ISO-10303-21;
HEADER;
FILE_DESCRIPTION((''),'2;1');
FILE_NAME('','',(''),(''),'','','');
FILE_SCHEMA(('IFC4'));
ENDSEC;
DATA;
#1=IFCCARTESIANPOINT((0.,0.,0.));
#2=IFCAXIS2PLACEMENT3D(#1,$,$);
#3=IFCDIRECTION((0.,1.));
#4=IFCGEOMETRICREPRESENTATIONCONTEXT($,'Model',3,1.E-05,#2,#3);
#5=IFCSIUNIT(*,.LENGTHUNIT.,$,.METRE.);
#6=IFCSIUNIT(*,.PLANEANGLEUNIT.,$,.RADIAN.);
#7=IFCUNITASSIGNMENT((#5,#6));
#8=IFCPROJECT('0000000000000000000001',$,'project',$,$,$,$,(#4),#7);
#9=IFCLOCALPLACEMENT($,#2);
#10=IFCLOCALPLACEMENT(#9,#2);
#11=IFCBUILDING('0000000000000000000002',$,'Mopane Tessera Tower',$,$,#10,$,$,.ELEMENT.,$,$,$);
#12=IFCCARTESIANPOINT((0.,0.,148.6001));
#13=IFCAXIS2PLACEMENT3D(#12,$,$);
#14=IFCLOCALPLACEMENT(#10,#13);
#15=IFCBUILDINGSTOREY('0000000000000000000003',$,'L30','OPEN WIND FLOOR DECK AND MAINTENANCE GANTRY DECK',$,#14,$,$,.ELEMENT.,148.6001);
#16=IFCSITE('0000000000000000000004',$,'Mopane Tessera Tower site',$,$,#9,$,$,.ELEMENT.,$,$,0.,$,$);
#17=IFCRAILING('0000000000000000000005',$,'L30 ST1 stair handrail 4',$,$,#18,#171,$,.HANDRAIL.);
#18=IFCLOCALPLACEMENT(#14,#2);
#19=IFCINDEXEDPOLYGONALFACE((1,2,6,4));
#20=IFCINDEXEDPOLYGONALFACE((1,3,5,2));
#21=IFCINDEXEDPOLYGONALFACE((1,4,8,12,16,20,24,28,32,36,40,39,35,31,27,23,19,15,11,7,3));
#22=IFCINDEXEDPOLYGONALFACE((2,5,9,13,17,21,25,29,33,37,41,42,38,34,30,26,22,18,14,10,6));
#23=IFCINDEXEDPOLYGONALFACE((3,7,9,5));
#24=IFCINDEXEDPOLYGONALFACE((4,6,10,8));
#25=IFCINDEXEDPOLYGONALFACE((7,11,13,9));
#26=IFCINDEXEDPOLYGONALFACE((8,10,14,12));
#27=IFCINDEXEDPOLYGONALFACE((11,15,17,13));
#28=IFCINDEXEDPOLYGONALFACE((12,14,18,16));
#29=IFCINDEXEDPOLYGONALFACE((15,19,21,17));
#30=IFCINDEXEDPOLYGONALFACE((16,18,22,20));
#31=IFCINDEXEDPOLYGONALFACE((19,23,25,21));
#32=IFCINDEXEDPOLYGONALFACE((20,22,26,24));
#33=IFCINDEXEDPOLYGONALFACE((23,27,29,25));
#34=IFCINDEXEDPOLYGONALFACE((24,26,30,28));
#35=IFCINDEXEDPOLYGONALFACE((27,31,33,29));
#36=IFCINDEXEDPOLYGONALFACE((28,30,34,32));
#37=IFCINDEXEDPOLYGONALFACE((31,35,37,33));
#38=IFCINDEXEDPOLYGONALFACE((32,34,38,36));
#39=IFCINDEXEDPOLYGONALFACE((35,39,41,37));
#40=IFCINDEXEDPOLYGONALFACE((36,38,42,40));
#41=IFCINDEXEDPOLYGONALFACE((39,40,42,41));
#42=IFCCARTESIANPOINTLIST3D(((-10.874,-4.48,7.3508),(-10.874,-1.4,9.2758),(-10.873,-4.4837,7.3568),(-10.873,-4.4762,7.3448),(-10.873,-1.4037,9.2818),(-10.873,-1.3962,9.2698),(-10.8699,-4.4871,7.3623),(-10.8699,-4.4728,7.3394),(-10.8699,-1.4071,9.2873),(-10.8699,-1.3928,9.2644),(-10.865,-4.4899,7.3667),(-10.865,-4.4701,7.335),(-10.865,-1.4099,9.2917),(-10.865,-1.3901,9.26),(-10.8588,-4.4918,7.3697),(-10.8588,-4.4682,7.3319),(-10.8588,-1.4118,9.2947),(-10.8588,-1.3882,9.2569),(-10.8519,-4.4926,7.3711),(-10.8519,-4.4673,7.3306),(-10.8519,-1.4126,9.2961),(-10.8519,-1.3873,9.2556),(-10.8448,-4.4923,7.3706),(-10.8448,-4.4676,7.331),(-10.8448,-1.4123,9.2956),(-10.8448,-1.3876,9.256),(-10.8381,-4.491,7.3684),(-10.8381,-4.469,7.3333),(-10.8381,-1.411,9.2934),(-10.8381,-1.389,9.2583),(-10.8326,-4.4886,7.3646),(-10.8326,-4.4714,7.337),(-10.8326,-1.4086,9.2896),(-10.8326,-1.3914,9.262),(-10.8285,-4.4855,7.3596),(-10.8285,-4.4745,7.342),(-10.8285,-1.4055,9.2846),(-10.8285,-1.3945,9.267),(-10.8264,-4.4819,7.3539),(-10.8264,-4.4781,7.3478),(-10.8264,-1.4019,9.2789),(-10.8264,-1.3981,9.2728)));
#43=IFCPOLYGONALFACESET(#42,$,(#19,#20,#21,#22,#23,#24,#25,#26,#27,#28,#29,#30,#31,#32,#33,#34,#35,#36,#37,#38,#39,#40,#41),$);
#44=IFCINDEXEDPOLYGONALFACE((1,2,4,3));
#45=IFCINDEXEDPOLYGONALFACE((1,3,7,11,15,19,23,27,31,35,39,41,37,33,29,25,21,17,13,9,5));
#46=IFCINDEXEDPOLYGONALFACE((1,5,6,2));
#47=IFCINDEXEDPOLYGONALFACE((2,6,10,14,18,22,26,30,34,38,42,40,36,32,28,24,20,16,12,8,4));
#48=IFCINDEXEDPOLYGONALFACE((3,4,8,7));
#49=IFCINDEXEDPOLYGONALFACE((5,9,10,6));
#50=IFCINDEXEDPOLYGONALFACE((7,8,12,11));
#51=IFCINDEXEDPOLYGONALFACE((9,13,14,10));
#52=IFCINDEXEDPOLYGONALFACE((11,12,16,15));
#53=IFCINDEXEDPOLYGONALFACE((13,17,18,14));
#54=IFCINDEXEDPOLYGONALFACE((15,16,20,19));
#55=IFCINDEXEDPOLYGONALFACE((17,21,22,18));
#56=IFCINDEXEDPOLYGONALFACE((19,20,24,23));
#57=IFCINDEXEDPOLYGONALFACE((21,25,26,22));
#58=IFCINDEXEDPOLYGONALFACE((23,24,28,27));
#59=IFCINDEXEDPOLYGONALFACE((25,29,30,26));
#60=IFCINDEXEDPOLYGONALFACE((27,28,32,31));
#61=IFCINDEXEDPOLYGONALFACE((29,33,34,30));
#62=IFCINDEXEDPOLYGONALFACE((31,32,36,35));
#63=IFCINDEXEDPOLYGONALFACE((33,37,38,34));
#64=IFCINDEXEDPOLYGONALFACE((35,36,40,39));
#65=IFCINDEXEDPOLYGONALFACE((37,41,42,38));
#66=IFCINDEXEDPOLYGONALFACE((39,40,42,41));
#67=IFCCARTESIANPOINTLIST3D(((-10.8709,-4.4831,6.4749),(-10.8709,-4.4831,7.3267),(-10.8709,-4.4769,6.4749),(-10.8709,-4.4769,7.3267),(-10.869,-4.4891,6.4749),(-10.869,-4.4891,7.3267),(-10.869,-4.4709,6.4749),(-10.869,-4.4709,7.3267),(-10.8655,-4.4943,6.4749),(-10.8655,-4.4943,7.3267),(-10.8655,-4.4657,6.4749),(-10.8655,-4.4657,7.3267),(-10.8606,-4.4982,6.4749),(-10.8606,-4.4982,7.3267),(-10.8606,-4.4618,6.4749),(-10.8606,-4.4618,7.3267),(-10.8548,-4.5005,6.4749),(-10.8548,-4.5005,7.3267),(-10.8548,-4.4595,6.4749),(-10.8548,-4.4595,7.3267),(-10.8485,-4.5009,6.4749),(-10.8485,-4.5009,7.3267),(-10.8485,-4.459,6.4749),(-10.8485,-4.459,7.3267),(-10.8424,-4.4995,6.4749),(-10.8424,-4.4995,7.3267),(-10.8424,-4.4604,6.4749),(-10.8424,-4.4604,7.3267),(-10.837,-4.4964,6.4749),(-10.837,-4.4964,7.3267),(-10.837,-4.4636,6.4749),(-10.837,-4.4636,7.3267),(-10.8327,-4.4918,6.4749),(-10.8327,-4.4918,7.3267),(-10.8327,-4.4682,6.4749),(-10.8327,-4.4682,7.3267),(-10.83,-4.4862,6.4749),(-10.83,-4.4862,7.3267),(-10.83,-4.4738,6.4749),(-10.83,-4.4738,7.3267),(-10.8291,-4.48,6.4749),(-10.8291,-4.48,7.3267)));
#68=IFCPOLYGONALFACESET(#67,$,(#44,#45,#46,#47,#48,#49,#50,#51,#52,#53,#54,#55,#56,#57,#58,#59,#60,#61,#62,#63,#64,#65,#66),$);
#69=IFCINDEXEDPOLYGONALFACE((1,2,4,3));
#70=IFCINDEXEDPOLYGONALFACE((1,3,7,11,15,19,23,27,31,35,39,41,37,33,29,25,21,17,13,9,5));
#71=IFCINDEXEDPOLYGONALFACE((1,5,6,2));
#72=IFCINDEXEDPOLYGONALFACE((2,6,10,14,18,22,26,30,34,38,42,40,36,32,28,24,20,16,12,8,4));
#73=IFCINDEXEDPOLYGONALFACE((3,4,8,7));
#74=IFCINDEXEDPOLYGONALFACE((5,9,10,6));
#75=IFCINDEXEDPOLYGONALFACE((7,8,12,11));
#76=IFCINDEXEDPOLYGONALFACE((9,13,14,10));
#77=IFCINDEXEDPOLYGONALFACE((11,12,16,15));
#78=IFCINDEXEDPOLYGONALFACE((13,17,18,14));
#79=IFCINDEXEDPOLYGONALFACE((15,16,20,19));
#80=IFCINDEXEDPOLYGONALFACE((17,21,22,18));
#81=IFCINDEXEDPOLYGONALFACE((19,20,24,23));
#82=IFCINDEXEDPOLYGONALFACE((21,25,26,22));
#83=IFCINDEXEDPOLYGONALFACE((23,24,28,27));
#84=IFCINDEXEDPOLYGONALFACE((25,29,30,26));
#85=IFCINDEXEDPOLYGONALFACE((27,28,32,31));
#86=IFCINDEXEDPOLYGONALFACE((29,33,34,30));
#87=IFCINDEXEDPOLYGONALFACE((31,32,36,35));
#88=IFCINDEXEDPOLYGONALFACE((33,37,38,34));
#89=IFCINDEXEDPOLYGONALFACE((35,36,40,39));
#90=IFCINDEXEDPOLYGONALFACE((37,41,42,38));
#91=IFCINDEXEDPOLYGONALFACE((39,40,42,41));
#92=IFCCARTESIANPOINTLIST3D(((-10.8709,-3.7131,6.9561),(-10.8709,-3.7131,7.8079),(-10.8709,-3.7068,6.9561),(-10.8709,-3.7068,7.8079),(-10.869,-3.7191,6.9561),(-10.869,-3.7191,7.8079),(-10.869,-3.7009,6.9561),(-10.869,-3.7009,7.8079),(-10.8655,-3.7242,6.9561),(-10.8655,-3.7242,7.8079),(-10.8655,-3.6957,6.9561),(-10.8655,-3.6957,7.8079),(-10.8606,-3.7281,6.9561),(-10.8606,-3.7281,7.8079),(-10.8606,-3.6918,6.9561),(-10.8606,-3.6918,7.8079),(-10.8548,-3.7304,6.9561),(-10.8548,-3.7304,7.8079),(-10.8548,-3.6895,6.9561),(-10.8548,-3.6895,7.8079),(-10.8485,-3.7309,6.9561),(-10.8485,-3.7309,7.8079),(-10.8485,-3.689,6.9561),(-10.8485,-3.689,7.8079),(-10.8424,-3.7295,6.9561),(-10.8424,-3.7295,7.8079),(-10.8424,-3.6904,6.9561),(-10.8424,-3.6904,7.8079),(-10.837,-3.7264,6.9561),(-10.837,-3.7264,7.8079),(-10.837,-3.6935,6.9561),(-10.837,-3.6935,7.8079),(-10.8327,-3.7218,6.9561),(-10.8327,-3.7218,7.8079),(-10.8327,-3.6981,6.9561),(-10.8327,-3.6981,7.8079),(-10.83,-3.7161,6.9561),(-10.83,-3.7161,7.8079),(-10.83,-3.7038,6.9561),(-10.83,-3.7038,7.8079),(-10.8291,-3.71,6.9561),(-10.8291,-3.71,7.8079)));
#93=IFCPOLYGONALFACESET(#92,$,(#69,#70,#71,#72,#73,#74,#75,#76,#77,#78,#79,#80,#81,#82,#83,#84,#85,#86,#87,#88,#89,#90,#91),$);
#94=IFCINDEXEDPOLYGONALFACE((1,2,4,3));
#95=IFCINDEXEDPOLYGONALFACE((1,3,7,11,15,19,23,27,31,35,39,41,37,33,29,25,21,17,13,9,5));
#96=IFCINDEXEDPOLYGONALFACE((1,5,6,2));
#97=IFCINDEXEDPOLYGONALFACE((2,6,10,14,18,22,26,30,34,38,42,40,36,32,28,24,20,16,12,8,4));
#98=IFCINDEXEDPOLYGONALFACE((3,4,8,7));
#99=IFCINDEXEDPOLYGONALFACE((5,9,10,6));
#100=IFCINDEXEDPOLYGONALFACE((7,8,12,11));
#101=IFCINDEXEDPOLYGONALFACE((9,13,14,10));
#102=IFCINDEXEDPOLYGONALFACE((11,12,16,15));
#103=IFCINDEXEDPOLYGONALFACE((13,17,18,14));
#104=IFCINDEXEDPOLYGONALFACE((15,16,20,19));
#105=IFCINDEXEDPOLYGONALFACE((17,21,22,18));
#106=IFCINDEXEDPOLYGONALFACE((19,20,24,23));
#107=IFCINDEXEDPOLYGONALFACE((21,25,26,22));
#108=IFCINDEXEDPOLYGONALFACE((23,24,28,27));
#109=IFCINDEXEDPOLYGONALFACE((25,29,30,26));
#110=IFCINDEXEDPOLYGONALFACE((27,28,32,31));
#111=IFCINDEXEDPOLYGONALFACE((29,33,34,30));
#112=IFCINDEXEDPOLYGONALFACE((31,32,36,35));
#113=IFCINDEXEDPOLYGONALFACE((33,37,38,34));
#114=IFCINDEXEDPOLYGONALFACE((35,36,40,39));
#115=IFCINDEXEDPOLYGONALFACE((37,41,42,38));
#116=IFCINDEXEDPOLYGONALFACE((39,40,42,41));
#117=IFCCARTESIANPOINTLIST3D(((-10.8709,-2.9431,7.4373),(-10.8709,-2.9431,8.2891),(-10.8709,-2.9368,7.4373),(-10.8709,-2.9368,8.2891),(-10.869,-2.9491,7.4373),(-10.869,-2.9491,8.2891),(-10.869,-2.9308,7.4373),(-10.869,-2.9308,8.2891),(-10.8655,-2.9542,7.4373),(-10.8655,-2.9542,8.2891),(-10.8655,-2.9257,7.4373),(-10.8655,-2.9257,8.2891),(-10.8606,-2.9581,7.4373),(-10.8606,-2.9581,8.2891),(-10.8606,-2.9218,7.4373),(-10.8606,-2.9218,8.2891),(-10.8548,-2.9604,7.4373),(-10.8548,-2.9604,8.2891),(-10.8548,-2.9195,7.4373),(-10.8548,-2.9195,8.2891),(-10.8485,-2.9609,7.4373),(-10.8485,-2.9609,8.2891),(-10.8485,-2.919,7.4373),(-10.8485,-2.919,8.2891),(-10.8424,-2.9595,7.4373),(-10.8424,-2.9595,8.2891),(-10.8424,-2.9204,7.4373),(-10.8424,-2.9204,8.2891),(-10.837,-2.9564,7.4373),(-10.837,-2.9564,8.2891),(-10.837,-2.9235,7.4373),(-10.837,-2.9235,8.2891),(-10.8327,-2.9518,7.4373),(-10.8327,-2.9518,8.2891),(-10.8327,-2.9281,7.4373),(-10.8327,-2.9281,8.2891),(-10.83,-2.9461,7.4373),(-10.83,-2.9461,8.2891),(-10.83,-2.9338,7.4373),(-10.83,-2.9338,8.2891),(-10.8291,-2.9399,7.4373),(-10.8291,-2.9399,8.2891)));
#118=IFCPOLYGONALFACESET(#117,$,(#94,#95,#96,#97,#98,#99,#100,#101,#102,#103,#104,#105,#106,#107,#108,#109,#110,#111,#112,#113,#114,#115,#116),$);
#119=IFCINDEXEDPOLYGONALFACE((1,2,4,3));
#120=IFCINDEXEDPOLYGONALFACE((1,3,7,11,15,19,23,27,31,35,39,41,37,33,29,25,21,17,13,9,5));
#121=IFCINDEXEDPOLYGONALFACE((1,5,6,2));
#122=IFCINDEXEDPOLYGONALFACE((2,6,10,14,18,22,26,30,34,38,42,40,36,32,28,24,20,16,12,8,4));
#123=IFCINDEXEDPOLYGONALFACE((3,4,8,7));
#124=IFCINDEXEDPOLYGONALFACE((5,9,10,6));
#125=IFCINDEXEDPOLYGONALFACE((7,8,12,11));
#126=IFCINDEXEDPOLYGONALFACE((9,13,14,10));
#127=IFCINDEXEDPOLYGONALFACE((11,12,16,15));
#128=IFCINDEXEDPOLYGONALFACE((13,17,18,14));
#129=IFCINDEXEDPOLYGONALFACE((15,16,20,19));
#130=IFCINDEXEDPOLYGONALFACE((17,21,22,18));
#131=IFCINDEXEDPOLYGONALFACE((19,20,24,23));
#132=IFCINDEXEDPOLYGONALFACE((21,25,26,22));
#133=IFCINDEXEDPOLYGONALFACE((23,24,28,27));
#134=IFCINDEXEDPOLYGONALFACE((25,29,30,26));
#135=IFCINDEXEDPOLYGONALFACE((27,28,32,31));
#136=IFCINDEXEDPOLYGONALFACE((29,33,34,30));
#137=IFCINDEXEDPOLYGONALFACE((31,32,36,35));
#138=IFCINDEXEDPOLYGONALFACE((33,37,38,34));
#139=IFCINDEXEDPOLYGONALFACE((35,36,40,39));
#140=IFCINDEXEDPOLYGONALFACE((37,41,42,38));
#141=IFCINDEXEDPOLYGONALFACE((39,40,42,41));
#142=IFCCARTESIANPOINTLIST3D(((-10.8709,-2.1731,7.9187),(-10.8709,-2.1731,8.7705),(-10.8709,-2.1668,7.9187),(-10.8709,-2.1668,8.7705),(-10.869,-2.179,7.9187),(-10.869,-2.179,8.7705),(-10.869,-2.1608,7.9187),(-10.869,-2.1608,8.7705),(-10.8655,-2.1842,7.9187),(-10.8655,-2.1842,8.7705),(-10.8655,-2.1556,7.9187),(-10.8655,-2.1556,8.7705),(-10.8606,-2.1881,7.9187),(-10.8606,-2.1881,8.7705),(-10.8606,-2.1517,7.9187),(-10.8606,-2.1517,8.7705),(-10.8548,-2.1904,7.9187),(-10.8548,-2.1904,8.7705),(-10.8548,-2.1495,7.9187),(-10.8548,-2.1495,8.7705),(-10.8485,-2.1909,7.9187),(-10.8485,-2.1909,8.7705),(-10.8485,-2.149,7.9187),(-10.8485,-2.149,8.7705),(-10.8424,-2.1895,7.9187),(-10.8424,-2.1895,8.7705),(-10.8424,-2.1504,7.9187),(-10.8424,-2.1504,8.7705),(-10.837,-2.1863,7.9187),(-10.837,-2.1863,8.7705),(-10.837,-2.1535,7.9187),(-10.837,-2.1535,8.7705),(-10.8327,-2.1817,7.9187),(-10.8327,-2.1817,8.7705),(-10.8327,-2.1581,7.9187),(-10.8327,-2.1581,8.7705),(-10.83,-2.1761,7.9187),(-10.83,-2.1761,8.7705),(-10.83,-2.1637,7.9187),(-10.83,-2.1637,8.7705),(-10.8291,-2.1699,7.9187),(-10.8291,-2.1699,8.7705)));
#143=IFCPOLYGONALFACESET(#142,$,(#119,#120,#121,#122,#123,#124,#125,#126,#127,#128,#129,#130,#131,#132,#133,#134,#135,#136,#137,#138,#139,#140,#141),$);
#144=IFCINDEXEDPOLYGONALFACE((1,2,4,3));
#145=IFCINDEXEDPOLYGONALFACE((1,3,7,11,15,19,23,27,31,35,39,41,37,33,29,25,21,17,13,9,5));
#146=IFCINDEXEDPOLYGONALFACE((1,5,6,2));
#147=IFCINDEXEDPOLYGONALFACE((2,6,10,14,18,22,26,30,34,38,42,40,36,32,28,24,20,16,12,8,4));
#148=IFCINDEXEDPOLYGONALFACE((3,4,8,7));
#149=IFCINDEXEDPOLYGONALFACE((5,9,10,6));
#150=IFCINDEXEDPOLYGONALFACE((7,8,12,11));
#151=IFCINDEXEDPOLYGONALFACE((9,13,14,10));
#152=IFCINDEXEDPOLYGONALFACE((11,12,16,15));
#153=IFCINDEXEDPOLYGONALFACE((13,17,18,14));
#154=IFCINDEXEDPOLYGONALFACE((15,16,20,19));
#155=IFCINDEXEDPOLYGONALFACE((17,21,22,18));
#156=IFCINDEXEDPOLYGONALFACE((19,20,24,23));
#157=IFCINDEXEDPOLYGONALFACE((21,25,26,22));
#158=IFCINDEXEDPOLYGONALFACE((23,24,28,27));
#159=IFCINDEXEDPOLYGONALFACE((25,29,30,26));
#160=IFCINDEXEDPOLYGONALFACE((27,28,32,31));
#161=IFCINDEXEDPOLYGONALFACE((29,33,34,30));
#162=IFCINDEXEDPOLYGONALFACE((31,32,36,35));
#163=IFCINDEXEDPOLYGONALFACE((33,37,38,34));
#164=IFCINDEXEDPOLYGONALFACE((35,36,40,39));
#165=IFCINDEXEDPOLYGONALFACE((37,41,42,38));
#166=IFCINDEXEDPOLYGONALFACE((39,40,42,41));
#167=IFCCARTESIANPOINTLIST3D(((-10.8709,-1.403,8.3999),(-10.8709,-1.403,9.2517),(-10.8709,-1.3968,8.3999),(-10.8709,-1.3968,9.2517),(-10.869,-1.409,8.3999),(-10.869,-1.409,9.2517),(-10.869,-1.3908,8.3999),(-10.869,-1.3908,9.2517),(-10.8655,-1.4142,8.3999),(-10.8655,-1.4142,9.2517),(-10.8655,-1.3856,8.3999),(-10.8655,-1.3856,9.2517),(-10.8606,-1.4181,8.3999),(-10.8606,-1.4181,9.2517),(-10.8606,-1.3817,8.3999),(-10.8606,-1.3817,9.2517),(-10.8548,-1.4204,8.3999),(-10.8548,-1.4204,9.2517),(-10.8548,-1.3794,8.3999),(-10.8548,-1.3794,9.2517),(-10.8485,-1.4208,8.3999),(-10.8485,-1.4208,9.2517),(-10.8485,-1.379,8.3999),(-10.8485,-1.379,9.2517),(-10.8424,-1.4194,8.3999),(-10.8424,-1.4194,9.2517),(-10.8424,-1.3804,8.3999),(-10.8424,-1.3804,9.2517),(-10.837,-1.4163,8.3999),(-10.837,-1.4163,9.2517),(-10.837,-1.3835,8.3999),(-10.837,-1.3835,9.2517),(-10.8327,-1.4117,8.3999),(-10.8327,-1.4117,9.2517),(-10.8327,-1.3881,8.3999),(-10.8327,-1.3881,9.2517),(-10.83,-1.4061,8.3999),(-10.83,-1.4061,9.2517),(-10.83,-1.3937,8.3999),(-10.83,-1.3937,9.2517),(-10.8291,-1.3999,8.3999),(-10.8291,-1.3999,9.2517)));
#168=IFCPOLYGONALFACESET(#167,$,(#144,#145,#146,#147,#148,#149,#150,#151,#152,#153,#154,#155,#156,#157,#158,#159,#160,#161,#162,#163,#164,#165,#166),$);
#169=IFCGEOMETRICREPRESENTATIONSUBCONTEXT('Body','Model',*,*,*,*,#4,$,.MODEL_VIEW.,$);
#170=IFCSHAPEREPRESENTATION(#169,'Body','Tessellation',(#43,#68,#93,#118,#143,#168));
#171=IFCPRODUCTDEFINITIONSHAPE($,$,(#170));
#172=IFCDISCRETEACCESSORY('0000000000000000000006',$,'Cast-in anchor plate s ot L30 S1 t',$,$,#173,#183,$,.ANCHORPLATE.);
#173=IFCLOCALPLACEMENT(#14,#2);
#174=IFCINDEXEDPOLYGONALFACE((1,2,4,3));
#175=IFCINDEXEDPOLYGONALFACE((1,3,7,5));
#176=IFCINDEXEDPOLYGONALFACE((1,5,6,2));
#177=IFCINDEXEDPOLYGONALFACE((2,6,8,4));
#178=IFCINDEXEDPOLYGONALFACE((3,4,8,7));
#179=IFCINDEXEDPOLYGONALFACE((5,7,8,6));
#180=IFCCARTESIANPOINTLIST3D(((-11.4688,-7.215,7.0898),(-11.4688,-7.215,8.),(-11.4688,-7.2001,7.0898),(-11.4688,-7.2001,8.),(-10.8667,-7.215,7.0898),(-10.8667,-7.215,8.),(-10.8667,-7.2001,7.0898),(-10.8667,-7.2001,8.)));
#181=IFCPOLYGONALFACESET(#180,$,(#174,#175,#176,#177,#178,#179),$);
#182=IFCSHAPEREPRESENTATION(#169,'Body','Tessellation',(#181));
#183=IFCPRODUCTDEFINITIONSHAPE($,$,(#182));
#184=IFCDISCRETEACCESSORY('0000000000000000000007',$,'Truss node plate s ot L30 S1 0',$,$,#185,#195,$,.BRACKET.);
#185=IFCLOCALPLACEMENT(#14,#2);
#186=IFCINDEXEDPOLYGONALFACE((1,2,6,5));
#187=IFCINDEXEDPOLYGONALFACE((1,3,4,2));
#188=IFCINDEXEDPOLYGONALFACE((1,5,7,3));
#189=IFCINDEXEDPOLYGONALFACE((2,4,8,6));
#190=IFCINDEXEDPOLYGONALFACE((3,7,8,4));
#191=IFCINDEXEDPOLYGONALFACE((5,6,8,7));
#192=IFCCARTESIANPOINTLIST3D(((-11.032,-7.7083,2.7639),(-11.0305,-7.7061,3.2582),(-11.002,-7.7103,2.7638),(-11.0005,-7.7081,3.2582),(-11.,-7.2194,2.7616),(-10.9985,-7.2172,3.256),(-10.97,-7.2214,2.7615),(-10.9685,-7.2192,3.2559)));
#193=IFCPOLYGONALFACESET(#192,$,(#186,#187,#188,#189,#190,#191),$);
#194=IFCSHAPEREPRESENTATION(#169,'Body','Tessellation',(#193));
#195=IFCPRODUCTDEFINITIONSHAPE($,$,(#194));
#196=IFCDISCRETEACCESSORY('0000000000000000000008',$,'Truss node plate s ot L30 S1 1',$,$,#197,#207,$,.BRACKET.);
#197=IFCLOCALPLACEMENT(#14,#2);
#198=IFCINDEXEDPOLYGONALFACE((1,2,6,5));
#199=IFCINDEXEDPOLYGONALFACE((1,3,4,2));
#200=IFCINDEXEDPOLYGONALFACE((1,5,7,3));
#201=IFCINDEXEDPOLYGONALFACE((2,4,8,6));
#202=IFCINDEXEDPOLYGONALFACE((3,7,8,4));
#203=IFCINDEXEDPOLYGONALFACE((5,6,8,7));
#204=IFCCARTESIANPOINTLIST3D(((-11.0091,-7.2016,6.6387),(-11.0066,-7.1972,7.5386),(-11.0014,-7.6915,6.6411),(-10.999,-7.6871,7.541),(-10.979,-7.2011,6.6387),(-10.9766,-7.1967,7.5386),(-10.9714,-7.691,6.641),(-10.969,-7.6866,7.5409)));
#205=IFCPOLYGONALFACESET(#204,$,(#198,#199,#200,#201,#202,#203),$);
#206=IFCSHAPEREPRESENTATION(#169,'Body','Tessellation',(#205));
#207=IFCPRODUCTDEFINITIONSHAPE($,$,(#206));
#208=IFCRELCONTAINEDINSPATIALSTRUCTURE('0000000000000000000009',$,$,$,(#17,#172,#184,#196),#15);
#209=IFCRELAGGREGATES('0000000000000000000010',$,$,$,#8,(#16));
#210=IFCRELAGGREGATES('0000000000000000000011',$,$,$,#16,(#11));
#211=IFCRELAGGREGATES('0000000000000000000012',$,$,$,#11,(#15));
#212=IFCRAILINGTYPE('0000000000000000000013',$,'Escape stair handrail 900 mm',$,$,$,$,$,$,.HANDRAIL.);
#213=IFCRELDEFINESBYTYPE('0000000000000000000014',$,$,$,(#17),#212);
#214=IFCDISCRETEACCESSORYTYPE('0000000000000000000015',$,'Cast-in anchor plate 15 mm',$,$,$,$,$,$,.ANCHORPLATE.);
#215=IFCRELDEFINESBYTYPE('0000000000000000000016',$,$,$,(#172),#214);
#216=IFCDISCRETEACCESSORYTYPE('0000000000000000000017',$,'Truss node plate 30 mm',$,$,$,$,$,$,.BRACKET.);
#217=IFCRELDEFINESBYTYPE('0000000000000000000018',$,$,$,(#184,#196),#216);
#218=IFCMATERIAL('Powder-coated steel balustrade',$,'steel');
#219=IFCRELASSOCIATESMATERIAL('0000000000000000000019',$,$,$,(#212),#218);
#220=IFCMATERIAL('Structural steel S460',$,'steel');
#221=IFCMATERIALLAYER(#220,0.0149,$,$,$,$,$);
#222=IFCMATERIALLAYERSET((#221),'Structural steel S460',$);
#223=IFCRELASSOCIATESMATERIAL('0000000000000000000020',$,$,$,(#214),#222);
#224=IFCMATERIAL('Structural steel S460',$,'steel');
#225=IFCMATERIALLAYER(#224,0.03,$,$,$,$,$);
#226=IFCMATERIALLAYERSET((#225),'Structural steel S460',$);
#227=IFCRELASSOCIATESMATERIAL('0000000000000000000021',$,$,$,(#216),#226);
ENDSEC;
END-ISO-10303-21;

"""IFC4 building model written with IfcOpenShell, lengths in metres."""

from ifc_helpers import new_model, si_unit, direction, frame, origin, origin_2d, place, context, subcontext, project, spatial, rectangle, circle, extrude, material, layer, layer_set, type_object, element, save


model = new_model("IFC4")

# Units and contexts
model_context = context("Model", 3, precision=1e-05, world=origin(), true_north=direction((0.0, 1.0)))
body_context = subcontext(model_context, "Body", "Model", "MODEL_VIEW")
ifc_project = project(units=[si_unit("LENGTHUNIT", "METRE"), si_unit("PLANEANGLEUNIT", "RADIAN")], contexts=[model_context])

# Site, building, storey
site_placement = place(None, origin())
site = spatial("IfcSite", under=ifc_project, at=site_placement, Name="Mopane Tessera Tower site", CompositionType="ELEMENT", RefElevation=0.0)
building_placement = place(site_placement, origin())
building = spatial("IfcBuilding", under=site, at=building_placement, Name="Mopane Tessera Tower", CompositionType="ELEMENT")
storey_placement = place(building_placement, frame((0.0, 0.0, 148.6001)))
storey = spatial("IfcBuildingStorey", under=building, at=storey_placement, Name="L30", Description="OPEN WIND FLOOR DECK AND MAINTENANCE GANTRY DECK", CompositionType="ELEMENT", Elevation=148.6001)

# Railing
ifc_material_1 = material(Name="Powder-coated steel balustrade", Category="steel")
railing_type = type_object("IfcRailingType", Name="Escape stair handrail 900 mm", PredefinedType="HANDRAIL", material=ifc_material_1)
for number, where, name in (
    (1, (-10.8501, -4.48, 6.4749), "L30 ST1 stair handrail 4"),
):
    element("IfcRailing", number, at=place(storey_placement, frame(where)), inside=storey, type_object=railing_type, Name=name, PredefinedType="HANDRAIL", context=body_context, shape_type="SweptSolid", body=[
        extrude(circle(Radius=0.0239, at=origin_2d()), frame((0.0, 0.0, 0.876), z_axis=(0.0, 0.847998, 0.529999), x_axis=(-1.0, 0.0, 0.0)), (0.0, 0.0, 1.0), 3.6321),
        extrude(circle(Radius=0.021, at=origin_2d()), origin(), (0.0, 0.0, 1.0), 0.8518),
        extrude(circle(Radius=0.021, at=origin_2d()), frame((0.0, 0.77, 0.4812)), (0.0, 0.0, 1.0), 0.8518),
        extrude(circle(Radius=0.021, at=origin_2d()), frame((0.0, 1.54, 0.9624)), (0.0, 0.0, 1.0), 0.8518),
        extrude(circle(Radius=0.021, at=origin_2d()), frame((0.0, 2.3101, 1.4438)), (0.0, 0.0, 1.0), 0.8518),
        extrude(circle(Radius=0.021, at=origin_2d()), frame((0.0, 3.0801, 1.925)), (0.0, 0.0, 1.0), 0.8518),
    ])

# Discrete accessories
ifc_material_2 = material(Name="Structural steel S460", Category="steel")
ifc_layer_1 = layer(ifc_material_2, 0.0149)
ifc_layer_set_1 = layer_set([ifc_layer_1], Name="Structural steel S460")
discrete_accessory_type_1 = type_object("IfcDiscreteAccessoryType", Name="Cast-in anchor plate 15 mm", PredefinedType="ANCHORPLATE", material=ifc_layer_set_1)
discrete_accessory_1_placement = place(storey_placement, frame((-11.1677, -7.2075, 7.0898), z_axis=(0.0, 0.0, 1.0), x_axis=(0.0, -1.0, 0.0)))
element("IfcDiscreteAccessory", 2, at=discrete_accessory_1_placement, inside=storey, type_object=discrete_accessory_type_1, Name="Cast-in anchor plate s ot L30 S1 t", PredefinedType="ANCHORPLATE", context=body_context, shape_type="SweptSolid", body=[
    extrude(rectangle(XDim=0.0149, YDim=0.6021, at=origin_2d()), origin(), (0.0, 0.0, 1.0), 0.9102),
])
ifc_material_3 = material(Name="Structural steel S460", Category="steel")
ifc_layer_2 = layer(ifc_material_3, 0.03)
ifc_layer_set_2 = layer_set([ifc_layer_2], Name="Structural steel S460")
discrete_accessory_type_2 = type_object("IfcDiscreteAccessoryType", Name="Truss node plate 30 mm", PredefinedType="BRACKET", material=ifc_layer_set_2)
discrete_accessory_2_placement = place(storey_placement, frame((-11.001, -7.4648, 2.7627), z_axis=(0.002963, 0.004444, 0.999986), x_axis=(0.997863, -0.065293, -0.002666)))
element("IfcDiscreteAccessory", 3, at=discrete_accessory_2_placement, inside=storey, type_object=discrete_accessory_type_2, Name="Truss node plate s ot L30 S1 0", PredefinedType="BRACKET", context=body_context, shape_type="SweptSolid", body=[
    extrude(rectangle(XDim=0.03, YDim=0.49, at=origin_2d()), origin(), (0.0, 0.0, 1.0), 0.4944),
])
discrete_accessory_3_placement = place(storey_placement, frame((-10.9902, -7.4463, 6.6399), z_axis=(0.002713, 0.004883, 0.999984), x_axis=(0.999875, 0.015563, -0.002789)))
element("IfcDiscreteAccessory", 4, at=discrete_accessory_3_placement, inside=storey, type_object=discrete_accessory_type_2, Name="Truss node plate s ot L30 S1 1", PredefinedType="BRACKET", context=body_context, shape_type="SweptSolid", body=[
    extrude(rectangle(XDim=0.03, YDim=0.49, at=origin_2d()), origin(), (0.0, 0.0, 1.0), 0.8999),
])

save(model, "model.ifc")
